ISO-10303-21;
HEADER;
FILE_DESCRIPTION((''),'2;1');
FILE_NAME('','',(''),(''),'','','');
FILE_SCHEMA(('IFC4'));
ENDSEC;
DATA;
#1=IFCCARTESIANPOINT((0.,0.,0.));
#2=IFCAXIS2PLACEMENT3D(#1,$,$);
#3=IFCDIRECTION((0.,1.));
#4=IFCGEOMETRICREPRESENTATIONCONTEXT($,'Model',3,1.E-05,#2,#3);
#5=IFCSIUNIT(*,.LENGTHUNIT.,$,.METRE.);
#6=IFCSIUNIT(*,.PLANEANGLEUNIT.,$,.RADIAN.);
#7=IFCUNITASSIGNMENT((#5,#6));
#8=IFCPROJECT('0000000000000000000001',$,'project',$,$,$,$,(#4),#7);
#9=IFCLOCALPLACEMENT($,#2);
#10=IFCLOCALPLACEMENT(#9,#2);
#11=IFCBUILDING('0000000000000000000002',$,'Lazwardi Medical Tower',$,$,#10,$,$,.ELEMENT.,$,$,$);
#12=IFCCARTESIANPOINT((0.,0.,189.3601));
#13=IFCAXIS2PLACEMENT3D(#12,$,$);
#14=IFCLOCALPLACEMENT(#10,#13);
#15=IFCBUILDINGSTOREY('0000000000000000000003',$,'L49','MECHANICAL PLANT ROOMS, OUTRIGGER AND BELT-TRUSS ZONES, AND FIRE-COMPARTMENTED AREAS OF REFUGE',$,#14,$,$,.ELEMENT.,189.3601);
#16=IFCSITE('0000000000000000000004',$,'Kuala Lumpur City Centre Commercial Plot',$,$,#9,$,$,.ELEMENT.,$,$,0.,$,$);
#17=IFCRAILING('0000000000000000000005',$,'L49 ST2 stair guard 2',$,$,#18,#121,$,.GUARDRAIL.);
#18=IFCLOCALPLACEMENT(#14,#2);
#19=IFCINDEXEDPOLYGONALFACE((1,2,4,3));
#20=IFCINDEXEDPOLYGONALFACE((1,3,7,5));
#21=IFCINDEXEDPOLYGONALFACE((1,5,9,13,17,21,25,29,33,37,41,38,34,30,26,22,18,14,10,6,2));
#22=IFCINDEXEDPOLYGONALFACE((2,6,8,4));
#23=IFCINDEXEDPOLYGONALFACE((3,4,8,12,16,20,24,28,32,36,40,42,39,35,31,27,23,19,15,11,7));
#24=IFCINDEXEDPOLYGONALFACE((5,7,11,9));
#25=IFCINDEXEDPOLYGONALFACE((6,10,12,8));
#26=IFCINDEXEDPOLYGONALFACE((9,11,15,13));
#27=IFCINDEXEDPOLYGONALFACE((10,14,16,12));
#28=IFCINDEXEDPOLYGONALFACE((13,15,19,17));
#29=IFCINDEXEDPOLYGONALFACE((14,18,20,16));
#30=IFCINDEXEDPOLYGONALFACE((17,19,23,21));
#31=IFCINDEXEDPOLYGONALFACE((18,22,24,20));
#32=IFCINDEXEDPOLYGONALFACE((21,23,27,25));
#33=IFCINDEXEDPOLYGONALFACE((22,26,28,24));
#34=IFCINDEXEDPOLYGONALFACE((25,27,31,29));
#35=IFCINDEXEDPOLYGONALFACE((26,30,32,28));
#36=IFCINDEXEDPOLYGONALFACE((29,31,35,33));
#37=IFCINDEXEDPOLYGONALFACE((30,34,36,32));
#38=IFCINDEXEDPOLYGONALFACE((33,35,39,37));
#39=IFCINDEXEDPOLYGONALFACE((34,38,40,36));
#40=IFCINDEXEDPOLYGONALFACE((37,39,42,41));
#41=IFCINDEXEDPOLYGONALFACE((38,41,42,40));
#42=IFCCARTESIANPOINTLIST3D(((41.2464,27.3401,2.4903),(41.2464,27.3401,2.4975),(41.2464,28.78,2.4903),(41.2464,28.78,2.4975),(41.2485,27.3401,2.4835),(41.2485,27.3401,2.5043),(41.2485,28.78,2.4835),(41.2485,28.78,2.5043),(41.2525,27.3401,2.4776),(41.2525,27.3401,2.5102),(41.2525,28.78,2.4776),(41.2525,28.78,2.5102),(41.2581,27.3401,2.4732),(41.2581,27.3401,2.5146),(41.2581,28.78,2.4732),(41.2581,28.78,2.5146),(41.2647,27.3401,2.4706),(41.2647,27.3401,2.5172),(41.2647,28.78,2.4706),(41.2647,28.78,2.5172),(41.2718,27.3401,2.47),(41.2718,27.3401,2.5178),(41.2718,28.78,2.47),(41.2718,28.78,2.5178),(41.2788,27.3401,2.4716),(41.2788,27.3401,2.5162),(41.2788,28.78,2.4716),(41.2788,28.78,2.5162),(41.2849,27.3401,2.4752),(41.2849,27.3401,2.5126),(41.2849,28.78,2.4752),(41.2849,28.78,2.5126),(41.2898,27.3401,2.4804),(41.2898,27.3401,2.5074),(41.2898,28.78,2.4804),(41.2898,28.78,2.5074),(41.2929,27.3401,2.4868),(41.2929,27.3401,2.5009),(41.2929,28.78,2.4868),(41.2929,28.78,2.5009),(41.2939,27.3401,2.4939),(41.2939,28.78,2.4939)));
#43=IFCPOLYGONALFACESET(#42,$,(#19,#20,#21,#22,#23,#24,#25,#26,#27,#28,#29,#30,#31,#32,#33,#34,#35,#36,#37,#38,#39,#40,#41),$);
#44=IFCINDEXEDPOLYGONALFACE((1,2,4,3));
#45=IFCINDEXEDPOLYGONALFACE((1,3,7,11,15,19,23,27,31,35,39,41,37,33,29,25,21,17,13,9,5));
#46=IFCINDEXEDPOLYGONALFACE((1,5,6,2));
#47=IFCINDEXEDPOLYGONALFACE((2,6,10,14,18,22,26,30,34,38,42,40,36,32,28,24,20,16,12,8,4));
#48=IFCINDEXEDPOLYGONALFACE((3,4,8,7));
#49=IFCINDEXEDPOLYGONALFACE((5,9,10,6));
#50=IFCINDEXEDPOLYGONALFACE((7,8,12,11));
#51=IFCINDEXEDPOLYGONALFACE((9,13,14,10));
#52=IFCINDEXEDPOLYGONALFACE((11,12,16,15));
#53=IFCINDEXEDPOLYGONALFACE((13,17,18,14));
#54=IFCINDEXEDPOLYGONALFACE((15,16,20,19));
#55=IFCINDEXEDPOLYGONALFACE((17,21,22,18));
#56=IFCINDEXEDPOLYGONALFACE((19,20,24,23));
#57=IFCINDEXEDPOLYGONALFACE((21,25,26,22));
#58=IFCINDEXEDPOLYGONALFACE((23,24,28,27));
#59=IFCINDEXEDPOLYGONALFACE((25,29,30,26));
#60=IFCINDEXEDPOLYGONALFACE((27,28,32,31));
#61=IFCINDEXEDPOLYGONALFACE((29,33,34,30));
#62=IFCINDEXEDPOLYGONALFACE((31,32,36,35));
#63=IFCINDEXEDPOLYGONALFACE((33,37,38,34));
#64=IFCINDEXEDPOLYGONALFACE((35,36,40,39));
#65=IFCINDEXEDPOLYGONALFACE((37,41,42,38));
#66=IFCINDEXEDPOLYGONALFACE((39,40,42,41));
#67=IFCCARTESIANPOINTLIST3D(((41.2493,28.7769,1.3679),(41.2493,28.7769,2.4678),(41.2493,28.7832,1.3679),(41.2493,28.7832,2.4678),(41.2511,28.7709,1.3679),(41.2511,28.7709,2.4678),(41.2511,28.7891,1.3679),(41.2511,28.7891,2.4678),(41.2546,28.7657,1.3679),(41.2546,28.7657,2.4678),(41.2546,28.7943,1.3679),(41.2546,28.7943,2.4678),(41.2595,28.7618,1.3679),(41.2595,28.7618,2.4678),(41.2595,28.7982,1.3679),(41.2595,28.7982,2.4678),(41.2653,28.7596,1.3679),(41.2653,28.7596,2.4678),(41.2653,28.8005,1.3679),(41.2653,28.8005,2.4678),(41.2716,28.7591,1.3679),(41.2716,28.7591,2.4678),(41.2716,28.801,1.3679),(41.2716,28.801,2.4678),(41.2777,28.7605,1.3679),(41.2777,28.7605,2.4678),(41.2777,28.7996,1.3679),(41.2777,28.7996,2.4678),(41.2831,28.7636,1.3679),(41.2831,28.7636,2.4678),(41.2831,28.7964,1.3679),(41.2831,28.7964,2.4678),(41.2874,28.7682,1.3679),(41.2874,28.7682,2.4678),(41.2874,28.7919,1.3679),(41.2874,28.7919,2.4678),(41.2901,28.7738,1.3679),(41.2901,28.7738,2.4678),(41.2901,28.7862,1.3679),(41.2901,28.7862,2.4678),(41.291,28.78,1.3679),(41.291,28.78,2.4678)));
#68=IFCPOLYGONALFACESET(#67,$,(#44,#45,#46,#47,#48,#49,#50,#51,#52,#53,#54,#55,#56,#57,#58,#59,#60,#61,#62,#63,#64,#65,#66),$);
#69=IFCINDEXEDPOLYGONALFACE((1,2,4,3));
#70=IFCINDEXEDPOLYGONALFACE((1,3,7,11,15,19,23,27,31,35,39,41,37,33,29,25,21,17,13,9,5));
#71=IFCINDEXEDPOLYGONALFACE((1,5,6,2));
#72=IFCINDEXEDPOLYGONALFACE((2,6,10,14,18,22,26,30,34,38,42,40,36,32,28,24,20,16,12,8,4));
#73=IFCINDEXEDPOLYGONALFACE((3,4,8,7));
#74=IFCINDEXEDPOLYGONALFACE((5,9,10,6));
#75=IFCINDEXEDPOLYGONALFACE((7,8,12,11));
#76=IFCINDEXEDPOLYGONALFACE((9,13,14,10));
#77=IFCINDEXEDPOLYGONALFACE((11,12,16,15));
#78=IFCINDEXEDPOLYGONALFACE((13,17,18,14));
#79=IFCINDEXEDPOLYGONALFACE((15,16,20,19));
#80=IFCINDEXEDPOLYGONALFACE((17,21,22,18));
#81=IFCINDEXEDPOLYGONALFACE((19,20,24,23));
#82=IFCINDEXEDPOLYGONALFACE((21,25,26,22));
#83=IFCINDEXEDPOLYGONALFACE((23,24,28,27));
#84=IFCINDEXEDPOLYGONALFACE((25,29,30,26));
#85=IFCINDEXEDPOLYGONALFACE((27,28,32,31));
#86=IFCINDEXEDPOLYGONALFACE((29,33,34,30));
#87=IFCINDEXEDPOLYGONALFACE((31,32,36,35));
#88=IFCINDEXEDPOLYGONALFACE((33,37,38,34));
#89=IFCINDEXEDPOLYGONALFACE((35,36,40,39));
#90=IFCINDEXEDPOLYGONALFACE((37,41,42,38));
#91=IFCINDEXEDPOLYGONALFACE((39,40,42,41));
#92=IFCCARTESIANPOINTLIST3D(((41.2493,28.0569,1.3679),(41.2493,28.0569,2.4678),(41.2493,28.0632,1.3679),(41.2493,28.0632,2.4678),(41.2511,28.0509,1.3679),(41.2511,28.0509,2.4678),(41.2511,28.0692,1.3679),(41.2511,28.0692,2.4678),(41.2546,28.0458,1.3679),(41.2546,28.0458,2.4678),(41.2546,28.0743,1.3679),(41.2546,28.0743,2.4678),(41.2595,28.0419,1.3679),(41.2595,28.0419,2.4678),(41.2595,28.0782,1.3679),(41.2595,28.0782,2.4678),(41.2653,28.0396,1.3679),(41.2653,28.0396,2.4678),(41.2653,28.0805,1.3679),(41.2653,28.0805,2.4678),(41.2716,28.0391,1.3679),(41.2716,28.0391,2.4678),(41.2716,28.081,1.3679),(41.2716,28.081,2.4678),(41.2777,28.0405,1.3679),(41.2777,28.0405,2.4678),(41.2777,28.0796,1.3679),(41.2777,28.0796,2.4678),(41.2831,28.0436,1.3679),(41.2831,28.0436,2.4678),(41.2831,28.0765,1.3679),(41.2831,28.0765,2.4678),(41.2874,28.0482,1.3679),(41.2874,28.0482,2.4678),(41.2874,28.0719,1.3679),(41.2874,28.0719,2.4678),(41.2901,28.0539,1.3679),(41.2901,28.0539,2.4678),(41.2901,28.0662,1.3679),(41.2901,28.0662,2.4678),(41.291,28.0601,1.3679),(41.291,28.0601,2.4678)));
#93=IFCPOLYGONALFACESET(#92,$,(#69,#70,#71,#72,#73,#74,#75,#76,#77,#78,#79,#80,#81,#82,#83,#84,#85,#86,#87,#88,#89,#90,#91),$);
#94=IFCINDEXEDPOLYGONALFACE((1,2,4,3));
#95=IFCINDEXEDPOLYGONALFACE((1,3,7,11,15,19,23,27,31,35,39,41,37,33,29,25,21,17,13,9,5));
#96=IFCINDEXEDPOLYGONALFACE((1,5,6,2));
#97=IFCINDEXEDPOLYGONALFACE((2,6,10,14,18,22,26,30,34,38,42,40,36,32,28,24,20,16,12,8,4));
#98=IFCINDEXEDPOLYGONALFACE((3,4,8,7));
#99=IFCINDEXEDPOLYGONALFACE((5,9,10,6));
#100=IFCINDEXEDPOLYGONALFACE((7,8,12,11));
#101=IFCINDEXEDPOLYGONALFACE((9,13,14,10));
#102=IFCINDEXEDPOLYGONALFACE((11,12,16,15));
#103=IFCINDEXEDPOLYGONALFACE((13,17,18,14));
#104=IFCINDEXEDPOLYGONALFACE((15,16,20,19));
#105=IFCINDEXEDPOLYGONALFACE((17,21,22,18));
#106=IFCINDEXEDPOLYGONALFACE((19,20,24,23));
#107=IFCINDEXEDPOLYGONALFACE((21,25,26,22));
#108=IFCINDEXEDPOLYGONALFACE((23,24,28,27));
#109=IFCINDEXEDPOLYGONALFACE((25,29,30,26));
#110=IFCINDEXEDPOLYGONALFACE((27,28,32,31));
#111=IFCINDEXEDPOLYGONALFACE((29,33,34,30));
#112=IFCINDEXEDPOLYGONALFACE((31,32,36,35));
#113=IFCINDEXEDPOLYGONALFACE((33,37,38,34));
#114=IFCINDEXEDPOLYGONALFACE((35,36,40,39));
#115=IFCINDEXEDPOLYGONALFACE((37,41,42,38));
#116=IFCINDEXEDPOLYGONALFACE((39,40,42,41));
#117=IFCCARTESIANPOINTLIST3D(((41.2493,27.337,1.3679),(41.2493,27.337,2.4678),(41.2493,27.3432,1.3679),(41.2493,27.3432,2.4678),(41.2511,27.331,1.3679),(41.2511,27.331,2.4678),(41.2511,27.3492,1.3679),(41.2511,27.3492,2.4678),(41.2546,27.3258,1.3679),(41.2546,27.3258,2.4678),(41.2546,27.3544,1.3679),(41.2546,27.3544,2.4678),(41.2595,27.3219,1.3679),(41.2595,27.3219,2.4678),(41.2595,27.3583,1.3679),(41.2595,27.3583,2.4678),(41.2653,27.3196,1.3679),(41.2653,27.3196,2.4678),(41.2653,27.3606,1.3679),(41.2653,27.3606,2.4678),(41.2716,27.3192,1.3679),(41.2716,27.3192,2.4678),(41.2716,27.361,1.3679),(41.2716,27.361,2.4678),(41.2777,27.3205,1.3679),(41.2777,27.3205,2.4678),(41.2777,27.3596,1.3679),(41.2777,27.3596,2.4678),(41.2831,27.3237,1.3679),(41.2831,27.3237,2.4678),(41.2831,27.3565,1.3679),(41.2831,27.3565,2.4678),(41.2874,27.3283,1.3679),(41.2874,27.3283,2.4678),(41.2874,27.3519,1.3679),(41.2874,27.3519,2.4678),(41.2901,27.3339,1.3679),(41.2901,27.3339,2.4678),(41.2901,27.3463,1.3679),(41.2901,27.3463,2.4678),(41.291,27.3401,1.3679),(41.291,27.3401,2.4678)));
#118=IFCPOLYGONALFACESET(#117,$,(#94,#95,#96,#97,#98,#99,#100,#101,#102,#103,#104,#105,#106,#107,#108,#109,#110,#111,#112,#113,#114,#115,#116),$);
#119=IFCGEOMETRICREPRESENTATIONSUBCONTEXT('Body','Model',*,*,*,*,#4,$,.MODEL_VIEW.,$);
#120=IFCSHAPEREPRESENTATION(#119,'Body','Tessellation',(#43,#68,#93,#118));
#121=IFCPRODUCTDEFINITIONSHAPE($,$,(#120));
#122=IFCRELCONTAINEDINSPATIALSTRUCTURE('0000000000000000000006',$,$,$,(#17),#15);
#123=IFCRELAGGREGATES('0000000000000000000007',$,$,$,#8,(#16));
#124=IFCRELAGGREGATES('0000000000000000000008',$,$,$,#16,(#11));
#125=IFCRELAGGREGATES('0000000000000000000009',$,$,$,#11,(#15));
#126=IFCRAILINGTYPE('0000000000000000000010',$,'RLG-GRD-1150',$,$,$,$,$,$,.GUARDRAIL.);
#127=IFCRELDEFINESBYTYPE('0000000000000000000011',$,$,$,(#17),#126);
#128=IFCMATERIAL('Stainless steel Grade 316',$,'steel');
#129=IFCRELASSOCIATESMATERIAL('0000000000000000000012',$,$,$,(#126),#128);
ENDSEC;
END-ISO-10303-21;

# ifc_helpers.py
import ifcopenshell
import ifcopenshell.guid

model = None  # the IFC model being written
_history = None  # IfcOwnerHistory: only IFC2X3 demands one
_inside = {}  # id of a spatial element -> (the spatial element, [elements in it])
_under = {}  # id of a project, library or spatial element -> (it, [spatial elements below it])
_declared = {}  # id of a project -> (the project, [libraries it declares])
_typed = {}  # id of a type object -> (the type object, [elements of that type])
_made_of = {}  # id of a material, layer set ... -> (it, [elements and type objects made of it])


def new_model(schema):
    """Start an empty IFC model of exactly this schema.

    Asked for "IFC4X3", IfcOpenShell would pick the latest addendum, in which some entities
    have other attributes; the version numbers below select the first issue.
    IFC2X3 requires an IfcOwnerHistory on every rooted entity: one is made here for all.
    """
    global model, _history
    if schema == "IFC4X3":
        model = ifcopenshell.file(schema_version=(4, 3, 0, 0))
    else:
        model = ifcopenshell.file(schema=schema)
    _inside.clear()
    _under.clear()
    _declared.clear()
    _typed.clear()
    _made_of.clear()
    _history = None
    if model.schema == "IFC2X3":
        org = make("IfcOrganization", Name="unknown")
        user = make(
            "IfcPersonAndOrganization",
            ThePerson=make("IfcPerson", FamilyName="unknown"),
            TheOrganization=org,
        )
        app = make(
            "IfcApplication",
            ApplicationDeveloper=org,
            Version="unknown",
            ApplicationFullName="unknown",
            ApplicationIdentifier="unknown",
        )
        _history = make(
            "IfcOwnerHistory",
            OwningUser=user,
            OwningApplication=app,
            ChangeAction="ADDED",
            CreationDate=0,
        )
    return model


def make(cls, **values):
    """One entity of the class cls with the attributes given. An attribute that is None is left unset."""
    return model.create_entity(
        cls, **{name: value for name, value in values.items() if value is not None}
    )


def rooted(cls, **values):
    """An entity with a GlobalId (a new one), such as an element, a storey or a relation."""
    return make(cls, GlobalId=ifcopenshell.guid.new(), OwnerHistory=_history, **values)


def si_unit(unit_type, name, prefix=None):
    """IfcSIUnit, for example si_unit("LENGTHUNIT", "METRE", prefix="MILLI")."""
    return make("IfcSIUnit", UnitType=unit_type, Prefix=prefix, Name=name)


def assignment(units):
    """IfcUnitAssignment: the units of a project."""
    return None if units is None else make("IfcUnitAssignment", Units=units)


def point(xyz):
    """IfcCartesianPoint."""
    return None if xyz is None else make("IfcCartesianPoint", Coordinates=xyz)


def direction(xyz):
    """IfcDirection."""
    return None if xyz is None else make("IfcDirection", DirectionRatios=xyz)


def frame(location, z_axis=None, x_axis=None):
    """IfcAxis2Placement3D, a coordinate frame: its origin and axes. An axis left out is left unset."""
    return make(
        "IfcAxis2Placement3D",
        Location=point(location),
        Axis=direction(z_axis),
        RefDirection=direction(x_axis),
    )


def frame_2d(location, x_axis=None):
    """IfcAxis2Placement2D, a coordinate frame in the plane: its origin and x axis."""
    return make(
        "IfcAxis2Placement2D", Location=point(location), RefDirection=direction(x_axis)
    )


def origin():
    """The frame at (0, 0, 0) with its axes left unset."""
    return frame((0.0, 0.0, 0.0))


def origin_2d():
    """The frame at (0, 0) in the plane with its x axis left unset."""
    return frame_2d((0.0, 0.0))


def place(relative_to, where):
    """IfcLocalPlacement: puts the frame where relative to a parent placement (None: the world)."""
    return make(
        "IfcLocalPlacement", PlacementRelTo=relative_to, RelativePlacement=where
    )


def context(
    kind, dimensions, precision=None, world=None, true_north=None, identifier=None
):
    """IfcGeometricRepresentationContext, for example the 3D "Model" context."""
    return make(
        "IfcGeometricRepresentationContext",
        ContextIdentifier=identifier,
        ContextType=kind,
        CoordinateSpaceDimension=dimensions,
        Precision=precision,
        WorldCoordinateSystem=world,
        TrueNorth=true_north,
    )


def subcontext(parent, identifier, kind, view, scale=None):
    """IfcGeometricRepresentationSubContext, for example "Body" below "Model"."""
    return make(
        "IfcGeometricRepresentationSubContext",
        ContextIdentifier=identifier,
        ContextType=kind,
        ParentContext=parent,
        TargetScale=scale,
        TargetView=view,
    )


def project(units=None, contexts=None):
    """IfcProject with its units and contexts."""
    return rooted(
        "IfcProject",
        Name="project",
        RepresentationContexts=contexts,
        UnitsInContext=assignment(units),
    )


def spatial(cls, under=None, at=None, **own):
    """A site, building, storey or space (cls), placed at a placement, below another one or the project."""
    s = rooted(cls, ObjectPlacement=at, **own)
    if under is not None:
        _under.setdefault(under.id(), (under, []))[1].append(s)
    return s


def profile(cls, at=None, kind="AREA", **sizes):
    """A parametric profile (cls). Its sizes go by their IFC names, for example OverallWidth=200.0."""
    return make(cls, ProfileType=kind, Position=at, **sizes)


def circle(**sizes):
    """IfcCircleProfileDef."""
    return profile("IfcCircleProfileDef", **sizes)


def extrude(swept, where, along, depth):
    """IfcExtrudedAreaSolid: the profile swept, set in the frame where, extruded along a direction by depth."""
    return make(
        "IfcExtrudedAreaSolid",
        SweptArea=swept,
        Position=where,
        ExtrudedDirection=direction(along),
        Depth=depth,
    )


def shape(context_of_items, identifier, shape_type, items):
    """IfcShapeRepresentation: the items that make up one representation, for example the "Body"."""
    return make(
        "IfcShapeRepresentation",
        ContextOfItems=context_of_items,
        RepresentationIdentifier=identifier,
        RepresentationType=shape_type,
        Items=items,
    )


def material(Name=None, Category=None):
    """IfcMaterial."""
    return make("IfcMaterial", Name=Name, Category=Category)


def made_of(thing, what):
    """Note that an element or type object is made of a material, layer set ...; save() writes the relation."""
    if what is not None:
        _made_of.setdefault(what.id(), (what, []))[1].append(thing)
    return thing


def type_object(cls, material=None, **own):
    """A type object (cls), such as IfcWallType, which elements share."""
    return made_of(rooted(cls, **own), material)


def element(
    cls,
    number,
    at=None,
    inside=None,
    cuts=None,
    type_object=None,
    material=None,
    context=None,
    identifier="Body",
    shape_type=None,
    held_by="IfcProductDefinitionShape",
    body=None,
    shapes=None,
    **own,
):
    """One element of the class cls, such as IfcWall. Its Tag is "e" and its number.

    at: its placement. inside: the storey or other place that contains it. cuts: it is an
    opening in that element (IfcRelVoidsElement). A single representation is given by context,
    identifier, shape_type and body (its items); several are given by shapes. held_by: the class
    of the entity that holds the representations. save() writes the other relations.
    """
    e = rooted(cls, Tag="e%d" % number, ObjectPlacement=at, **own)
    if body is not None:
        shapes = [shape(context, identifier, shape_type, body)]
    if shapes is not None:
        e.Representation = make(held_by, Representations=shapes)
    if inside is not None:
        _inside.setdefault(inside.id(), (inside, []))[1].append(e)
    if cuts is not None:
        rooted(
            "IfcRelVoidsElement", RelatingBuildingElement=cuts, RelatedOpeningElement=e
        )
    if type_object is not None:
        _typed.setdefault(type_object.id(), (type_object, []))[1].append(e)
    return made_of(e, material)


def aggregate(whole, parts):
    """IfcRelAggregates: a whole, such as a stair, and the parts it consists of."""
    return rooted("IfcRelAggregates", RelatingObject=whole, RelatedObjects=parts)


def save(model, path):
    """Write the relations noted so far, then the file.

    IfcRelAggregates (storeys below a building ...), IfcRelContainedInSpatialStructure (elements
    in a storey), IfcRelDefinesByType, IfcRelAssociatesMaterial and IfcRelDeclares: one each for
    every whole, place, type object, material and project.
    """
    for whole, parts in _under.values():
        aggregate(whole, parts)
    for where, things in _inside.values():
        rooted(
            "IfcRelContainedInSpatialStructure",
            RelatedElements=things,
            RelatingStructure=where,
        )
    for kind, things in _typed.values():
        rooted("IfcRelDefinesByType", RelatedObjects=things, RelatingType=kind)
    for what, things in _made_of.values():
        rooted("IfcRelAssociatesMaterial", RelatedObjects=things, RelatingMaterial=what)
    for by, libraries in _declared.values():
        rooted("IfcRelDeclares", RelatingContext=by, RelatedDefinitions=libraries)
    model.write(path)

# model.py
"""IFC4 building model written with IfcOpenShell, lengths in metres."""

from ifc_helpers import new_model, si_unit, direction, frame, origin, origin_2d, place, context, subcontext, project, spatial, circle, extrude, material, type_object, element, save


model = new_model("IFC4")

# Units and contexts
model_context = context("Model", 3, precision=1e-05, world=origin(), true_north=direction((0.0, 1.0)))
body_context = subcontext(model_context, "Body", "Model", "MODEL_VIEW")
ifc_project = project(units=[si_unit("LENGTHUNIT", "METRE"), si_unit("PLANEANGLEUNIT", "RADIAN")], contexts=[model_context])

# Site, building, storey
site_placement = place(None, origin())
site = spatial("IfcSite", under=ifc_project, at=site_placement, Name="Kuala Lumpur City Centre Commercial Plot", CompositionType="ELEMENT", RefElevation=0.0)
building_placement = place(site_placement, origin())
building = spatial("IfcBuilding", under=site, at=building_placement, Name="Lazwardi Medical Tower", CompositionType="ELEMENT")
storey_placement = place(building_placement, frame((0.0, 0.0, 189.3601)))
storey = spatial("IfcBuildingStorey", under=building, at=storey_placement, Name="L49", Description="MECHANICAL PLANT ROOMS, OUTRIGGER AND BELT-TRUSS ZONES, AND FIRE-COMPARTMENTED AREAS OF REFUGE", CompositionType="ELEMENT", Elevation=189.3601)

# Railing
ifc_material_1 = material(Name="Stainless steel Grade 316", Category="steel")
railing_type_1 = type_object("IfcRailingType", Name="RLG-GRD-1150", PredefinedType="GUARDRAIL", material=ifc_material_1)
railing_1_placement = place(storey_placement, frame((41.27, 28.78, 1.3679)))
element("IfcRailing", 1, at=railing_1_placement, inside=storey, type_object=railing_type_1, Name="L49 ST2 stair guard 2", PredefinedType="GUARDRAIL", context=body_context, shape_type="SweptSolid", body=[
    extrude(circle(Radius=0.0239, at=origin_2d()), frame((0.0, 0.0, 1.126), z_axis=(0.0, -1.0, 0.0), x_axis=(1.0, 0.0, 0.0)), (0.0, 0.0, 1.0), 1.4399),
    extrude(circle(Radius=0.021, at=origin_2d()), origin(), (0.0, 0.0, 1.0), 1.0999),
    extrude(circle(Radius=0.021, at=origin_2d()), frame((0.0, -0.72, 0.0)), (0.0, 0.0, 1.0), 1.0999),
    extrude(circle(Radius=0.021, at=origin_2d()), frame((0.0, -1.4399, 0.0)), (0.0, 0.0, 1.0), 1.0999),
])

save(model, "model.ifc")
